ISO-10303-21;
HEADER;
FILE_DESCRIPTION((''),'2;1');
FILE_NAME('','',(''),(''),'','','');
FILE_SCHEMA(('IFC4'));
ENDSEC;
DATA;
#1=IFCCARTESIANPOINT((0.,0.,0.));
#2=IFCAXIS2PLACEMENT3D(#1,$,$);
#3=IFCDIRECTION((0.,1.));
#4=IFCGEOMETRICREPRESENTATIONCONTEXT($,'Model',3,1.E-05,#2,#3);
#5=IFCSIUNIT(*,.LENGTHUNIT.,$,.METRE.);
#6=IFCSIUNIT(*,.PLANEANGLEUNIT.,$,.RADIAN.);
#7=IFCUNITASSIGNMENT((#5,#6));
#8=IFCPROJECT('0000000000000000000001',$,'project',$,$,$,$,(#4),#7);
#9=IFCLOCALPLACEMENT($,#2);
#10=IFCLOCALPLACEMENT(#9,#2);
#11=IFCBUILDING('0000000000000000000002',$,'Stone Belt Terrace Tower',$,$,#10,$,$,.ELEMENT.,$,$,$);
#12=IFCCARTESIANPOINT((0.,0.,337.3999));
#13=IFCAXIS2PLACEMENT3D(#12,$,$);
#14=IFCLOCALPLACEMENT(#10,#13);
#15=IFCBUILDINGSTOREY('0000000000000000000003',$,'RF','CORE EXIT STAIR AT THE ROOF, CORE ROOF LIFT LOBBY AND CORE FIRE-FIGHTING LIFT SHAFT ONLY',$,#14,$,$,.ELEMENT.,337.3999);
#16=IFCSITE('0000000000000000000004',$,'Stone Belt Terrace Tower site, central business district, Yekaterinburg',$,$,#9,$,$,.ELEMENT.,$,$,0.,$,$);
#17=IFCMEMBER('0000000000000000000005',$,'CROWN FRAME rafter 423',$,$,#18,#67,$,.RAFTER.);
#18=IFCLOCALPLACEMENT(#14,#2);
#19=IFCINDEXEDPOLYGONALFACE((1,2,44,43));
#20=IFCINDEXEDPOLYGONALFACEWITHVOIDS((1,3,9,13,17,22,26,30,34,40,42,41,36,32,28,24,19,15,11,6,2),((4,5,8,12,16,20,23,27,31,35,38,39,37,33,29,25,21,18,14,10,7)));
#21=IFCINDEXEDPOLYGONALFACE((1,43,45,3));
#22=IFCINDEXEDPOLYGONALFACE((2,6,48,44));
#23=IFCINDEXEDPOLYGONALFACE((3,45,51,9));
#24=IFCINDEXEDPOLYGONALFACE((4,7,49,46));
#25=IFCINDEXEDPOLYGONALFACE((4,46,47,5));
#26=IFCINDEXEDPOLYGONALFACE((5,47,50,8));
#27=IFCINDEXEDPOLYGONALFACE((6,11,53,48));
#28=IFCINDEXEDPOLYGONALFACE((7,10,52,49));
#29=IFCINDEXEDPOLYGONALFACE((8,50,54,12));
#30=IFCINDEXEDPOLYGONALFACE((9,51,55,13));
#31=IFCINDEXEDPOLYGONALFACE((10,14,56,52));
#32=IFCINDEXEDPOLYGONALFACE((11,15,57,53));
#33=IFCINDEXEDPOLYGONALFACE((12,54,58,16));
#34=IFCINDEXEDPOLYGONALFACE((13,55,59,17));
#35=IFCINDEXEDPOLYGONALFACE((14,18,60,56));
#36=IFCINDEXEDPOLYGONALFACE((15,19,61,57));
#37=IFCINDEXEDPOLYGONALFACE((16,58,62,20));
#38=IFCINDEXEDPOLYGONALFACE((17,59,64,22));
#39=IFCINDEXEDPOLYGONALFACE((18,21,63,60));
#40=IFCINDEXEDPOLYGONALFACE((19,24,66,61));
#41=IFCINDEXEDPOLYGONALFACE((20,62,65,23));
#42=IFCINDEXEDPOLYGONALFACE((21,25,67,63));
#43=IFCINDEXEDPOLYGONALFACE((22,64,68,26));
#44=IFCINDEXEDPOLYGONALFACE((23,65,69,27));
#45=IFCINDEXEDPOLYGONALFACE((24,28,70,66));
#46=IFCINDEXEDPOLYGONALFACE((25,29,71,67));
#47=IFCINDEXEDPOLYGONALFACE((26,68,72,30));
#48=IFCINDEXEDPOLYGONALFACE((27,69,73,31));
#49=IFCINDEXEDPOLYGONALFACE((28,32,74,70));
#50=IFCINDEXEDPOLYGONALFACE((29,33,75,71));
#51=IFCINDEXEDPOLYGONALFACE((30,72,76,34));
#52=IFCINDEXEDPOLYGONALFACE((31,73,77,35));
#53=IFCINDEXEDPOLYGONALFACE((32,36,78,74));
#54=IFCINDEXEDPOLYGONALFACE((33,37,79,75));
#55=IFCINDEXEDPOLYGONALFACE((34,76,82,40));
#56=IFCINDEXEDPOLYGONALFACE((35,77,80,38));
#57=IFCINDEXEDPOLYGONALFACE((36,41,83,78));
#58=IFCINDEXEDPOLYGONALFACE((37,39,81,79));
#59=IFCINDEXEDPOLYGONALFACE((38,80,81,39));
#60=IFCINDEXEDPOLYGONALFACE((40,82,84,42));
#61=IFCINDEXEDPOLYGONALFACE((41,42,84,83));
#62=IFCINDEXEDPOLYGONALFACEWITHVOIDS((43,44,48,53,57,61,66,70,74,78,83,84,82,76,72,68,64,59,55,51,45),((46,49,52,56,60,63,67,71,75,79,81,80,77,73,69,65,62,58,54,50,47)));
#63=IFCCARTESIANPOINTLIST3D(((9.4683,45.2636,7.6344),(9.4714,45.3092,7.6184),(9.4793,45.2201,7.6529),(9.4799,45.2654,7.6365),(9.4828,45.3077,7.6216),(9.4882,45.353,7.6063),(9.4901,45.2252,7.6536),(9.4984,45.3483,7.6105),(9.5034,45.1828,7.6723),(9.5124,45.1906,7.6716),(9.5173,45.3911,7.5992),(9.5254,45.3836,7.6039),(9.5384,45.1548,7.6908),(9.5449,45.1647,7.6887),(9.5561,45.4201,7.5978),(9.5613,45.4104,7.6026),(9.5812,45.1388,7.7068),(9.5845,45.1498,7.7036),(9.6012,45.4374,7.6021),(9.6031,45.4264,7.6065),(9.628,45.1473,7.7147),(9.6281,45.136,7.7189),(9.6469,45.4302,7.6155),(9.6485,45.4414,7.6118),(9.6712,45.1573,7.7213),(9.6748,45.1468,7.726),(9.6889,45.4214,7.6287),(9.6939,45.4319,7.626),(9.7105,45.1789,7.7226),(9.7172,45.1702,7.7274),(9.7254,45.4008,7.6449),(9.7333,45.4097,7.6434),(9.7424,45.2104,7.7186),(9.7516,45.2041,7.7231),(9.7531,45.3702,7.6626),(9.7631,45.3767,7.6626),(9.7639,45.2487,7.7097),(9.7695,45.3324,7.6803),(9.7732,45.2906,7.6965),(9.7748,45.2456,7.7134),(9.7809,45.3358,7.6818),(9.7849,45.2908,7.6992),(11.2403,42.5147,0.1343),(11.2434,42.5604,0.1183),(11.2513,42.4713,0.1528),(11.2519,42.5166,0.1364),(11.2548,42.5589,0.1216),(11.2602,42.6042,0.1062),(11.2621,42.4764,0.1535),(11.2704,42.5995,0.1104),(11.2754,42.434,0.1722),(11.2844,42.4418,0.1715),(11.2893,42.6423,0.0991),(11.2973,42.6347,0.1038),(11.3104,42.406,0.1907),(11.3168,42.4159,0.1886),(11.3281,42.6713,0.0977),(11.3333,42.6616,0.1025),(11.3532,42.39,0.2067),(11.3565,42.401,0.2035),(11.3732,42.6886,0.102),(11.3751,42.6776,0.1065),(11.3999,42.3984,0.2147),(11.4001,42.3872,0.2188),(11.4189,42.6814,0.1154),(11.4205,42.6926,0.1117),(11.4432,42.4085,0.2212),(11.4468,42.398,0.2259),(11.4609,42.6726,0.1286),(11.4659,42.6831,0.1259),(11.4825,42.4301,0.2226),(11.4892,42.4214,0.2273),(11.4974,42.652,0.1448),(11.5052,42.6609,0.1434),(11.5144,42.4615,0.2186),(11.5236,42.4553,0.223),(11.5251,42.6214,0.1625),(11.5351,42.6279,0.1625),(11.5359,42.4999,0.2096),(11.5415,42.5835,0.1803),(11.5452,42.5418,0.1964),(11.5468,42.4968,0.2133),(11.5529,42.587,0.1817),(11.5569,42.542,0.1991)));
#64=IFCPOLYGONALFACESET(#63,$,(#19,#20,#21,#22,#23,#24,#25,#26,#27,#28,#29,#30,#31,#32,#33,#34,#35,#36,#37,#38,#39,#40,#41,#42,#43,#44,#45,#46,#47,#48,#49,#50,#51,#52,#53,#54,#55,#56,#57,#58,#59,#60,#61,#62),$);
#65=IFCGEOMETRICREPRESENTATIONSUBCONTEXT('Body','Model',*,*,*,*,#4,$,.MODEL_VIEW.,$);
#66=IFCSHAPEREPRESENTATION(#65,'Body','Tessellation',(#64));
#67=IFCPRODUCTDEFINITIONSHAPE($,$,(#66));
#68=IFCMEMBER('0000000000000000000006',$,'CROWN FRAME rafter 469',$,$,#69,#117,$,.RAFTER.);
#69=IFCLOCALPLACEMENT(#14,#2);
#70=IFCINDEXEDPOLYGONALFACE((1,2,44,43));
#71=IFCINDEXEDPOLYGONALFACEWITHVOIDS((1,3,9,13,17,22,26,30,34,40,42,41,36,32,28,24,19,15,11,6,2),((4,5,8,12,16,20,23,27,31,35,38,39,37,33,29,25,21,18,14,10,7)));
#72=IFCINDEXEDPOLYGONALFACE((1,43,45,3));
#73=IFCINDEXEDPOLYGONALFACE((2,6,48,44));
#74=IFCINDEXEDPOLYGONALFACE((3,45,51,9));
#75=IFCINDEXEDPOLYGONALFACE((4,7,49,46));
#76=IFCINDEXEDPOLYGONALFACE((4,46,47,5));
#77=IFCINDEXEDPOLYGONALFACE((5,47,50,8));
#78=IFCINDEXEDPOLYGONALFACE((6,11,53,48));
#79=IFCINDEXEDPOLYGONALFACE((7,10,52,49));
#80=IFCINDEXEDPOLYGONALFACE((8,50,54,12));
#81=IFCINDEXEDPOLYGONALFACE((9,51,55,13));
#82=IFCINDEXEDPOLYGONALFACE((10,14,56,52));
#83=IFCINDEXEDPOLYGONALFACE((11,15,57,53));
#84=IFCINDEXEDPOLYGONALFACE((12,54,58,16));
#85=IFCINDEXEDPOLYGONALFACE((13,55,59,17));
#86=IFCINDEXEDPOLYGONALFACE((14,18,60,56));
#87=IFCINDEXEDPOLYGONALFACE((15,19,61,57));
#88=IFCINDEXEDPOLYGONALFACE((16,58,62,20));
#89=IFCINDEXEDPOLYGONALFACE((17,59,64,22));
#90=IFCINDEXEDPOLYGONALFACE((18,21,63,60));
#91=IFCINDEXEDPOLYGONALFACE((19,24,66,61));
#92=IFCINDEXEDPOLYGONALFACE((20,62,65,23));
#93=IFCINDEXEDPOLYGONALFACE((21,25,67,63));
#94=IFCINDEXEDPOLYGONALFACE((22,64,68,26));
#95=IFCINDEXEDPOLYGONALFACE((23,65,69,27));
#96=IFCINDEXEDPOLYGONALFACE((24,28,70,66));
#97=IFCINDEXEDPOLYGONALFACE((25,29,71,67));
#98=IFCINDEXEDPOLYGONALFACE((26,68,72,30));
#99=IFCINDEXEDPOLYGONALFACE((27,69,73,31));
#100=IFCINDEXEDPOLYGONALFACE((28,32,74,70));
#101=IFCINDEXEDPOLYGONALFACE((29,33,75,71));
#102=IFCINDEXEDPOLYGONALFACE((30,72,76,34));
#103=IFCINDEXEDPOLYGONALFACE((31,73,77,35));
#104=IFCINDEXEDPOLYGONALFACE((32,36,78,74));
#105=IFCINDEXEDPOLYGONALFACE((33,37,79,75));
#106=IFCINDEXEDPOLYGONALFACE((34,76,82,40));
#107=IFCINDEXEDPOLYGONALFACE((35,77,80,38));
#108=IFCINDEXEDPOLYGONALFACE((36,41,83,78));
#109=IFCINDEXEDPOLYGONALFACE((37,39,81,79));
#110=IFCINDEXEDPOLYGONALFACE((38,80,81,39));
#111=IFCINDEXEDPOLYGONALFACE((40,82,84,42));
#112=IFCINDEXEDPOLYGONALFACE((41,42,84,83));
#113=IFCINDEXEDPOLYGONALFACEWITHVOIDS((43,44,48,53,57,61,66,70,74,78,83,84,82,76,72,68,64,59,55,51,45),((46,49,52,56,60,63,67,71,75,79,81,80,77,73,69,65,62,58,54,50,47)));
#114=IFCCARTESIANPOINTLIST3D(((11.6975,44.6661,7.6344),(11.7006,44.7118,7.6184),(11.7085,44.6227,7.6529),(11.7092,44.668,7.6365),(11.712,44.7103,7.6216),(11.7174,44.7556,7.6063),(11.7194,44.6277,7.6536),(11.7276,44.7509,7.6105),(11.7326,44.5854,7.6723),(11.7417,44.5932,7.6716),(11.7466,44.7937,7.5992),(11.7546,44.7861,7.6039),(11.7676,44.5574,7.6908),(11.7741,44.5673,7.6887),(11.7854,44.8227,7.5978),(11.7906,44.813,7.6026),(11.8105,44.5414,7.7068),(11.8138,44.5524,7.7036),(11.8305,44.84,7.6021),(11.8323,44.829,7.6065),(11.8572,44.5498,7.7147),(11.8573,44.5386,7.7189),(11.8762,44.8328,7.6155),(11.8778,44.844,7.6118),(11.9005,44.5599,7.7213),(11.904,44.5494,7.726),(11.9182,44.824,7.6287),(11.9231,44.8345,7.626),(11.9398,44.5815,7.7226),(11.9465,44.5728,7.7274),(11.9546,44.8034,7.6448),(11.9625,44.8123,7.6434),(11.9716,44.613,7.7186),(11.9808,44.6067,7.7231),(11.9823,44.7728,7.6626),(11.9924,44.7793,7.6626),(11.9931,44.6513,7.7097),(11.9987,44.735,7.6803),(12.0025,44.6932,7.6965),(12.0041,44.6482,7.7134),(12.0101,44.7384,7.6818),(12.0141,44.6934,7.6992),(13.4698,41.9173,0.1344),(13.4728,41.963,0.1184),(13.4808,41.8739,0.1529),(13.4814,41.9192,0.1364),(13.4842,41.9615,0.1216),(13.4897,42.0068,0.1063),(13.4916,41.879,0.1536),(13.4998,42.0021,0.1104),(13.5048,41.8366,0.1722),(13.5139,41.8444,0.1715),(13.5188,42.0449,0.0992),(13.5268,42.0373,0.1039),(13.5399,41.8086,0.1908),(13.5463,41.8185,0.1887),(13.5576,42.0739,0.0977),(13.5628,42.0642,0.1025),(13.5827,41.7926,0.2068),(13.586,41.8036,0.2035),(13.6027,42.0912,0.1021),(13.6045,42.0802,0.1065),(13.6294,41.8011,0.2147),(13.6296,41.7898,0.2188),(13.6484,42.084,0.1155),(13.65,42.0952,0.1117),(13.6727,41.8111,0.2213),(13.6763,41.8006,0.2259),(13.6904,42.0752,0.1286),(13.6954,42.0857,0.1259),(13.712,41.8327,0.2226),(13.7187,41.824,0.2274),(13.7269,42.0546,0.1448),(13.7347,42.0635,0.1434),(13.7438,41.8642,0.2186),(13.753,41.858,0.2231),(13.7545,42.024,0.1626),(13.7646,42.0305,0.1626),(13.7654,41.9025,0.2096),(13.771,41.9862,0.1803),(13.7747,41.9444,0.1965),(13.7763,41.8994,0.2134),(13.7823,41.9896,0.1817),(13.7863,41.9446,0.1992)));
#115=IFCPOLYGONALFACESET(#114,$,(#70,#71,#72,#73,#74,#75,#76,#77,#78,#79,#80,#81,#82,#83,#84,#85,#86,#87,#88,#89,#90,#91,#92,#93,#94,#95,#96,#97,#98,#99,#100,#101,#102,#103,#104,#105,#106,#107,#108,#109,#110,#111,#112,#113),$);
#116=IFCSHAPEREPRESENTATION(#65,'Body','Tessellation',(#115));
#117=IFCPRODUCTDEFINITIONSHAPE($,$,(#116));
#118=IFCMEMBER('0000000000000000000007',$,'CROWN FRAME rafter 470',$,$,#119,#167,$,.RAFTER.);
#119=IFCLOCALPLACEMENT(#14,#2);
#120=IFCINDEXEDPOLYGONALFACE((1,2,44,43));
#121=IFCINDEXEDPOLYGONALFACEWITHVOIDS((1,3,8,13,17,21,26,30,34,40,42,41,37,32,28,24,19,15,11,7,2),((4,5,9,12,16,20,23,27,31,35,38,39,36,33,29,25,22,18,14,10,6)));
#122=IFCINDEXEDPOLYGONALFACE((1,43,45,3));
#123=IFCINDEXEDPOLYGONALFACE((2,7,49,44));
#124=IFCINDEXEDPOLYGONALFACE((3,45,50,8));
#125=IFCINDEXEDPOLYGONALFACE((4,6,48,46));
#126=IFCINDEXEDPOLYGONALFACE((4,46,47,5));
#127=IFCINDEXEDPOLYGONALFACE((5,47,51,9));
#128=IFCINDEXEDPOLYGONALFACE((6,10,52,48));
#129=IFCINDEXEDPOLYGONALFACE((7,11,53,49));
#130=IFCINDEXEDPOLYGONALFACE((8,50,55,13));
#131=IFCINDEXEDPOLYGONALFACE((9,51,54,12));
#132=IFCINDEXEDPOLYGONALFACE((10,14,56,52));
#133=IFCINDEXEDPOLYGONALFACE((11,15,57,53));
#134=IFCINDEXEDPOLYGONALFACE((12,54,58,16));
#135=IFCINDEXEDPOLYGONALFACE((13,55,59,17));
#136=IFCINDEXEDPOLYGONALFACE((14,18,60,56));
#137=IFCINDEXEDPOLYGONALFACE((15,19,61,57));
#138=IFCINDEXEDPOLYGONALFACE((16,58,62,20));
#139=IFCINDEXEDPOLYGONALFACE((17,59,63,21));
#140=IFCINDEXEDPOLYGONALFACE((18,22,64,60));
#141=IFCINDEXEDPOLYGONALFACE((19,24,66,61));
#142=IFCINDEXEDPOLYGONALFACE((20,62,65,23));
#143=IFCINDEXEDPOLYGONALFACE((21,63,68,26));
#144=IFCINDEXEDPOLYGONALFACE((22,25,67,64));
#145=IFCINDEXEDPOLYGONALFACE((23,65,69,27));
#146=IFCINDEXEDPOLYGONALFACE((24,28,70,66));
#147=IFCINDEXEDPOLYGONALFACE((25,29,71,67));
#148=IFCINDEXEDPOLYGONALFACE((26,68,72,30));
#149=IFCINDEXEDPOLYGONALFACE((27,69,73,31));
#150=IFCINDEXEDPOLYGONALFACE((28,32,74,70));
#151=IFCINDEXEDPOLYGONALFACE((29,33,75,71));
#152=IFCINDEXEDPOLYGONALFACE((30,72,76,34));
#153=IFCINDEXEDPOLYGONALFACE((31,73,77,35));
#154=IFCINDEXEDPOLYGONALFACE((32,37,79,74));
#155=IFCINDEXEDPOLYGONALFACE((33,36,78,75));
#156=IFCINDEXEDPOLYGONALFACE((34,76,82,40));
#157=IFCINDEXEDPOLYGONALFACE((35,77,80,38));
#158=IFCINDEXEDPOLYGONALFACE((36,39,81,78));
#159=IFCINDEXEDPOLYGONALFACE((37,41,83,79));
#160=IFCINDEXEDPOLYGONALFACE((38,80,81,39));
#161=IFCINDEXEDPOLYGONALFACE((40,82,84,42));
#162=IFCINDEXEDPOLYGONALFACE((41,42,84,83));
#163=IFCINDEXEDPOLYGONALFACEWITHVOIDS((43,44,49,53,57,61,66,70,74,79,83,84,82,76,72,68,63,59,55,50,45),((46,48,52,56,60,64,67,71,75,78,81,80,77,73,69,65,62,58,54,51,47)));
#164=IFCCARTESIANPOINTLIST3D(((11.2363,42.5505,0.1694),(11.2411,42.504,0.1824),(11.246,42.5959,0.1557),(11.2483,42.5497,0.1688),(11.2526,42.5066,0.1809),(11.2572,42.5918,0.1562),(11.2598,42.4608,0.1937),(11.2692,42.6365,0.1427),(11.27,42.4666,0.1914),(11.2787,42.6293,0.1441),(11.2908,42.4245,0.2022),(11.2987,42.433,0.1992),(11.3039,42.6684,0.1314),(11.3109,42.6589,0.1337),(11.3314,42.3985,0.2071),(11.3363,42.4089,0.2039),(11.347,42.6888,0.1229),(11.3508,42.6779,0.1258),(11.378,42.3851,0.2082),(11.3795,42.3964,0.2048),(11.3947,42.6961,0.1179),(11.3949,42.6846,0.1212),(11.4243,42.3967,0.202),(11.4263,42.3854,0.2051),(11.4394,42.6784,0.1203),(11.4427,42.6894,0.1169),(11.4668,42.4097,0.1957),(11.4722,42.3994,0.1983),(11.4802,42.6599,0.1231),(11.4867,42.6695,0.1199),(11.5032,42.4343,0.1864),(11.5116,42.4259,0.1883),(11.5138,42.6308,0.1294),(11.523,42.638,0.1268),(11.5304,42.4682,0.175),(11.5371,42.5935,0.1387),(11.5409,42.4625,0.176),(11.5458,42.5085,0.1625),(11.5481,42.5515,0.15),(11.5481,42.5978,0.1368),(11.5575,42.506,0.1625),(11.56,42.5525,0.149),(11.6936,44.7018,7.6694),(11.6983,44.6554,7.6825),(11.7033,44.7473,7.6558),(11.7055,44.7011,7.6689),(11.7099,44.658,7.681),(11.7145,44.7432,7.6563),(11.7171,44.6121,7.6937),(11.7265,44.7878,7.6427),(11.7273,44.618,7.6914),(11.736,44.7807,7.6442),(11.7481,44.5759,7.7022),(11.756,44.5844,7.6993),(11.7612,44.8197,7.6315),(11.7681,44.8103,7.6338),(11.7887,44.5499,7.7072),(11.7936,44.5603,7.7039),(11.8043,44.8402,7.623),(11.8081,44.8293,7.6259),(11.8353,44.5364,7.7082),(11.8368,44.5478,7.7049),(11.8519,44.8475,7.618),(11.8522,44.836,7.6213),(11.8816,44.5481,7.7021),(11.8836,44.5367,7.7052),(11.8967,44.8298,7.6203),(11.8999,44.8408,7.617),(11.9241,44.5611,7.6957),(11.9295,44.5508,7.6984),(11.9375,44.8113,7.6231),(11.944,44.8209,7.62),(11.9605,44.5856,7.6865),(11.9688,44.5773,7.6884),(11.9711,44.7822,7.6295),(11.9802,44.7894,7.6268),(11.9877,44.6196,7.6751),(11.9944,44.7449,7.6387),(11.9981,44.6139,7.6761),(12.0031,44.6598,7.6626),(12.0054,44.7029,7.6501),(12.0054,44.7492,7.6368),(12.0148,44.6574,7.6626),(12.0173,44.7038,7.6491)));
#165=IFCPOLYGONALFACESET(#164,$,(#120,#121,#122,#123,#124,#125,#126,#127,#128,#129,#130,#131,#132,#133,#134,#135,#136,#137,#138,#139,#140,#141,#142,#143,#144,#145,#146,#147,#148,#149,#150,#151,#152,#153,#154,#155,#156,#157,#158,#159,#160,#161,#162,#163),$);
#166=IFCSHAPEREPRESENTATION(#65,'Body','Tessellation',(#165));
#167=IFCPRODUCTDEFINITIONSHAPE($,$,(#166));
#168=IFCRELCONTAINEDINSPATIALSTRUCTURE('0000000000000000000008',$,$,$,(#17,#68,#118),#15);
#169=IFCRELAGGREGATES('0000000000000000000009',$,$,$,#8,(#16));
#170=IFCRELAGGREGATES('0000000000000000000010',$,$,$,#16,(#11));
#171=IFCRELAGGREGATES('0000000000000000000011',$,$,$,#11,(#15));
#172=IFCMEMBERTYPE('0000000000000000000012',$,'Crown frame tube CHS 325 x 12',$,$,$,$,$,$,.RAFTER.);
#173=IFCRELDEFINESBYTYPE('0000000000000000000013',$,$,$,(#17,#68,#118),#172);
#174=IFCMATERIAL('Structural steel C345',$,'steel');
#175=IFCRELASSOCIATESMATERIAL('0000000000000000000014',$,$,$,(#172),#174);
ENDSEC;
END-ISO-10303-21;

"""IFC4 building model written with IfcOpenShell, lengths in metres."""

from ifc_helpers import new_model, si_unit, direction, frame, origin, origin_2d, place, context, subcontext, project, spatial, hollow_circle, extrude, material, material_profile, profile_set, type_object, element, save


model = new_model("IFC4")

# Units and contexts
model_context = context("Model", 3, precision=1e-05, world=origin(), true_north=direction((0.0, 1.0)))
body_context = subcontext(model_context, "Body", "Model", "MODEL_VIEW")
ifc_project = project(units=[si_unit("LENGTHUNIT", "METRE"), si_unit("PLANEANGLEUNIT", "RADIAN")], contexts=[model_context])

# Site, building, storey
site_placement = place(None, origin())
site = spatial("IfcSite", under=ifc_project, at=site_placement, Name="Stone Belt Terrace Tower site, central business district, Yekaterinburg", CompositionType="ELEMENT", RefElevation=0.0)
building_placement = place(site_placement, origin())
building = spatial("IfcBuilding", under=site, at=building_placement, Name="Stone Belt Terrace Tower", CompositionType="ELEMENT")
storey_placement = place(building_placement, frame((0.0, 0.0, 337.3999)))
storey = spatial("IfcBuildingStorey", under=building, at=storey_placement, Name="RF", Description="CORE EXIT STAIR AT THE ROOF, CORE ROOF LIFT LOBBY AND CORE FIRE-FIGHTING LIFT SHAFT ONLY", CompositionType="ELEMENT", Elevation=337.3999)

# Members
ifc_material_1 = material(Name="Structural steel C345", Category="steel")
ifc_material_profile_1 = material_profile(ifc_material_1, hollow_circle(Radius=0.1626, WallThickness=0.012, at=origin_2d()), Name="Structural steel C345 CHS 325x12")
ifc_profile_set_1 = profile_set([ifc_material_profile_1], Name="Structural steel C345")
member_type_1 = type_object("IfcMemberType", Name="Crown frame tube CHS 325 x 12", PredefinedType="RAFTER", material=ifc_profile_set_1)
for number, where, z_axis, x_axis, name in (
    (1, (9.6265, 45.2886, 7.6626), (0.216569, -0.335953, -0.916643), (0.840496, 0.541817, 0.0), "CROWN FRAME rafter 423"),
    (2, (11.8557, 44.6912, 7.6626), (0.216597, -0.335951, -0.916637), (0.840462, 0.54187, 0.0), "CROWN FRAME rafter 469"),
):
    element("IfcMember", number, at=place(storey_placement, frame(where, z_axis=z_axis, x_axis=x_axis)), inside=storey, type_object=member_type_1, Name=name, PredefinedType="RAFTER", context=body_context, shape_type="SweptSolid", body=[
        extrude(hollow_circle(Radius=0.1626, WallThickness=0.012, at=origin_2d()), origin(), (0.0, 0.0, 1.0), 8.1821),
    ])
for number, where, z_axis, x_axis, name in (
    (3, (11.8557, 44.6912, 7.6626), (-0.058506, -0.275257, -0.959589), (0.978149, -0.207907, 0.0), "CROWN FRAME rafter 470"),
):
    element("IfcMember", number, at=place(storey_placement, frame(where, z_axis=z_axis, x_axis=x_axis)), inside=storey, type_object=member_type_1, Name=name, PredefinedType="RAFTER", context=body_context, shape_type="SweptSolid", body=[
        extrude(hollow_circle(Radius=0.1626, WallThickness=0.012, at=origin_2d()), origin(), (0.0, 0.0, 1.0), 7.8159),
    ])

save(model, "model.ifc")
